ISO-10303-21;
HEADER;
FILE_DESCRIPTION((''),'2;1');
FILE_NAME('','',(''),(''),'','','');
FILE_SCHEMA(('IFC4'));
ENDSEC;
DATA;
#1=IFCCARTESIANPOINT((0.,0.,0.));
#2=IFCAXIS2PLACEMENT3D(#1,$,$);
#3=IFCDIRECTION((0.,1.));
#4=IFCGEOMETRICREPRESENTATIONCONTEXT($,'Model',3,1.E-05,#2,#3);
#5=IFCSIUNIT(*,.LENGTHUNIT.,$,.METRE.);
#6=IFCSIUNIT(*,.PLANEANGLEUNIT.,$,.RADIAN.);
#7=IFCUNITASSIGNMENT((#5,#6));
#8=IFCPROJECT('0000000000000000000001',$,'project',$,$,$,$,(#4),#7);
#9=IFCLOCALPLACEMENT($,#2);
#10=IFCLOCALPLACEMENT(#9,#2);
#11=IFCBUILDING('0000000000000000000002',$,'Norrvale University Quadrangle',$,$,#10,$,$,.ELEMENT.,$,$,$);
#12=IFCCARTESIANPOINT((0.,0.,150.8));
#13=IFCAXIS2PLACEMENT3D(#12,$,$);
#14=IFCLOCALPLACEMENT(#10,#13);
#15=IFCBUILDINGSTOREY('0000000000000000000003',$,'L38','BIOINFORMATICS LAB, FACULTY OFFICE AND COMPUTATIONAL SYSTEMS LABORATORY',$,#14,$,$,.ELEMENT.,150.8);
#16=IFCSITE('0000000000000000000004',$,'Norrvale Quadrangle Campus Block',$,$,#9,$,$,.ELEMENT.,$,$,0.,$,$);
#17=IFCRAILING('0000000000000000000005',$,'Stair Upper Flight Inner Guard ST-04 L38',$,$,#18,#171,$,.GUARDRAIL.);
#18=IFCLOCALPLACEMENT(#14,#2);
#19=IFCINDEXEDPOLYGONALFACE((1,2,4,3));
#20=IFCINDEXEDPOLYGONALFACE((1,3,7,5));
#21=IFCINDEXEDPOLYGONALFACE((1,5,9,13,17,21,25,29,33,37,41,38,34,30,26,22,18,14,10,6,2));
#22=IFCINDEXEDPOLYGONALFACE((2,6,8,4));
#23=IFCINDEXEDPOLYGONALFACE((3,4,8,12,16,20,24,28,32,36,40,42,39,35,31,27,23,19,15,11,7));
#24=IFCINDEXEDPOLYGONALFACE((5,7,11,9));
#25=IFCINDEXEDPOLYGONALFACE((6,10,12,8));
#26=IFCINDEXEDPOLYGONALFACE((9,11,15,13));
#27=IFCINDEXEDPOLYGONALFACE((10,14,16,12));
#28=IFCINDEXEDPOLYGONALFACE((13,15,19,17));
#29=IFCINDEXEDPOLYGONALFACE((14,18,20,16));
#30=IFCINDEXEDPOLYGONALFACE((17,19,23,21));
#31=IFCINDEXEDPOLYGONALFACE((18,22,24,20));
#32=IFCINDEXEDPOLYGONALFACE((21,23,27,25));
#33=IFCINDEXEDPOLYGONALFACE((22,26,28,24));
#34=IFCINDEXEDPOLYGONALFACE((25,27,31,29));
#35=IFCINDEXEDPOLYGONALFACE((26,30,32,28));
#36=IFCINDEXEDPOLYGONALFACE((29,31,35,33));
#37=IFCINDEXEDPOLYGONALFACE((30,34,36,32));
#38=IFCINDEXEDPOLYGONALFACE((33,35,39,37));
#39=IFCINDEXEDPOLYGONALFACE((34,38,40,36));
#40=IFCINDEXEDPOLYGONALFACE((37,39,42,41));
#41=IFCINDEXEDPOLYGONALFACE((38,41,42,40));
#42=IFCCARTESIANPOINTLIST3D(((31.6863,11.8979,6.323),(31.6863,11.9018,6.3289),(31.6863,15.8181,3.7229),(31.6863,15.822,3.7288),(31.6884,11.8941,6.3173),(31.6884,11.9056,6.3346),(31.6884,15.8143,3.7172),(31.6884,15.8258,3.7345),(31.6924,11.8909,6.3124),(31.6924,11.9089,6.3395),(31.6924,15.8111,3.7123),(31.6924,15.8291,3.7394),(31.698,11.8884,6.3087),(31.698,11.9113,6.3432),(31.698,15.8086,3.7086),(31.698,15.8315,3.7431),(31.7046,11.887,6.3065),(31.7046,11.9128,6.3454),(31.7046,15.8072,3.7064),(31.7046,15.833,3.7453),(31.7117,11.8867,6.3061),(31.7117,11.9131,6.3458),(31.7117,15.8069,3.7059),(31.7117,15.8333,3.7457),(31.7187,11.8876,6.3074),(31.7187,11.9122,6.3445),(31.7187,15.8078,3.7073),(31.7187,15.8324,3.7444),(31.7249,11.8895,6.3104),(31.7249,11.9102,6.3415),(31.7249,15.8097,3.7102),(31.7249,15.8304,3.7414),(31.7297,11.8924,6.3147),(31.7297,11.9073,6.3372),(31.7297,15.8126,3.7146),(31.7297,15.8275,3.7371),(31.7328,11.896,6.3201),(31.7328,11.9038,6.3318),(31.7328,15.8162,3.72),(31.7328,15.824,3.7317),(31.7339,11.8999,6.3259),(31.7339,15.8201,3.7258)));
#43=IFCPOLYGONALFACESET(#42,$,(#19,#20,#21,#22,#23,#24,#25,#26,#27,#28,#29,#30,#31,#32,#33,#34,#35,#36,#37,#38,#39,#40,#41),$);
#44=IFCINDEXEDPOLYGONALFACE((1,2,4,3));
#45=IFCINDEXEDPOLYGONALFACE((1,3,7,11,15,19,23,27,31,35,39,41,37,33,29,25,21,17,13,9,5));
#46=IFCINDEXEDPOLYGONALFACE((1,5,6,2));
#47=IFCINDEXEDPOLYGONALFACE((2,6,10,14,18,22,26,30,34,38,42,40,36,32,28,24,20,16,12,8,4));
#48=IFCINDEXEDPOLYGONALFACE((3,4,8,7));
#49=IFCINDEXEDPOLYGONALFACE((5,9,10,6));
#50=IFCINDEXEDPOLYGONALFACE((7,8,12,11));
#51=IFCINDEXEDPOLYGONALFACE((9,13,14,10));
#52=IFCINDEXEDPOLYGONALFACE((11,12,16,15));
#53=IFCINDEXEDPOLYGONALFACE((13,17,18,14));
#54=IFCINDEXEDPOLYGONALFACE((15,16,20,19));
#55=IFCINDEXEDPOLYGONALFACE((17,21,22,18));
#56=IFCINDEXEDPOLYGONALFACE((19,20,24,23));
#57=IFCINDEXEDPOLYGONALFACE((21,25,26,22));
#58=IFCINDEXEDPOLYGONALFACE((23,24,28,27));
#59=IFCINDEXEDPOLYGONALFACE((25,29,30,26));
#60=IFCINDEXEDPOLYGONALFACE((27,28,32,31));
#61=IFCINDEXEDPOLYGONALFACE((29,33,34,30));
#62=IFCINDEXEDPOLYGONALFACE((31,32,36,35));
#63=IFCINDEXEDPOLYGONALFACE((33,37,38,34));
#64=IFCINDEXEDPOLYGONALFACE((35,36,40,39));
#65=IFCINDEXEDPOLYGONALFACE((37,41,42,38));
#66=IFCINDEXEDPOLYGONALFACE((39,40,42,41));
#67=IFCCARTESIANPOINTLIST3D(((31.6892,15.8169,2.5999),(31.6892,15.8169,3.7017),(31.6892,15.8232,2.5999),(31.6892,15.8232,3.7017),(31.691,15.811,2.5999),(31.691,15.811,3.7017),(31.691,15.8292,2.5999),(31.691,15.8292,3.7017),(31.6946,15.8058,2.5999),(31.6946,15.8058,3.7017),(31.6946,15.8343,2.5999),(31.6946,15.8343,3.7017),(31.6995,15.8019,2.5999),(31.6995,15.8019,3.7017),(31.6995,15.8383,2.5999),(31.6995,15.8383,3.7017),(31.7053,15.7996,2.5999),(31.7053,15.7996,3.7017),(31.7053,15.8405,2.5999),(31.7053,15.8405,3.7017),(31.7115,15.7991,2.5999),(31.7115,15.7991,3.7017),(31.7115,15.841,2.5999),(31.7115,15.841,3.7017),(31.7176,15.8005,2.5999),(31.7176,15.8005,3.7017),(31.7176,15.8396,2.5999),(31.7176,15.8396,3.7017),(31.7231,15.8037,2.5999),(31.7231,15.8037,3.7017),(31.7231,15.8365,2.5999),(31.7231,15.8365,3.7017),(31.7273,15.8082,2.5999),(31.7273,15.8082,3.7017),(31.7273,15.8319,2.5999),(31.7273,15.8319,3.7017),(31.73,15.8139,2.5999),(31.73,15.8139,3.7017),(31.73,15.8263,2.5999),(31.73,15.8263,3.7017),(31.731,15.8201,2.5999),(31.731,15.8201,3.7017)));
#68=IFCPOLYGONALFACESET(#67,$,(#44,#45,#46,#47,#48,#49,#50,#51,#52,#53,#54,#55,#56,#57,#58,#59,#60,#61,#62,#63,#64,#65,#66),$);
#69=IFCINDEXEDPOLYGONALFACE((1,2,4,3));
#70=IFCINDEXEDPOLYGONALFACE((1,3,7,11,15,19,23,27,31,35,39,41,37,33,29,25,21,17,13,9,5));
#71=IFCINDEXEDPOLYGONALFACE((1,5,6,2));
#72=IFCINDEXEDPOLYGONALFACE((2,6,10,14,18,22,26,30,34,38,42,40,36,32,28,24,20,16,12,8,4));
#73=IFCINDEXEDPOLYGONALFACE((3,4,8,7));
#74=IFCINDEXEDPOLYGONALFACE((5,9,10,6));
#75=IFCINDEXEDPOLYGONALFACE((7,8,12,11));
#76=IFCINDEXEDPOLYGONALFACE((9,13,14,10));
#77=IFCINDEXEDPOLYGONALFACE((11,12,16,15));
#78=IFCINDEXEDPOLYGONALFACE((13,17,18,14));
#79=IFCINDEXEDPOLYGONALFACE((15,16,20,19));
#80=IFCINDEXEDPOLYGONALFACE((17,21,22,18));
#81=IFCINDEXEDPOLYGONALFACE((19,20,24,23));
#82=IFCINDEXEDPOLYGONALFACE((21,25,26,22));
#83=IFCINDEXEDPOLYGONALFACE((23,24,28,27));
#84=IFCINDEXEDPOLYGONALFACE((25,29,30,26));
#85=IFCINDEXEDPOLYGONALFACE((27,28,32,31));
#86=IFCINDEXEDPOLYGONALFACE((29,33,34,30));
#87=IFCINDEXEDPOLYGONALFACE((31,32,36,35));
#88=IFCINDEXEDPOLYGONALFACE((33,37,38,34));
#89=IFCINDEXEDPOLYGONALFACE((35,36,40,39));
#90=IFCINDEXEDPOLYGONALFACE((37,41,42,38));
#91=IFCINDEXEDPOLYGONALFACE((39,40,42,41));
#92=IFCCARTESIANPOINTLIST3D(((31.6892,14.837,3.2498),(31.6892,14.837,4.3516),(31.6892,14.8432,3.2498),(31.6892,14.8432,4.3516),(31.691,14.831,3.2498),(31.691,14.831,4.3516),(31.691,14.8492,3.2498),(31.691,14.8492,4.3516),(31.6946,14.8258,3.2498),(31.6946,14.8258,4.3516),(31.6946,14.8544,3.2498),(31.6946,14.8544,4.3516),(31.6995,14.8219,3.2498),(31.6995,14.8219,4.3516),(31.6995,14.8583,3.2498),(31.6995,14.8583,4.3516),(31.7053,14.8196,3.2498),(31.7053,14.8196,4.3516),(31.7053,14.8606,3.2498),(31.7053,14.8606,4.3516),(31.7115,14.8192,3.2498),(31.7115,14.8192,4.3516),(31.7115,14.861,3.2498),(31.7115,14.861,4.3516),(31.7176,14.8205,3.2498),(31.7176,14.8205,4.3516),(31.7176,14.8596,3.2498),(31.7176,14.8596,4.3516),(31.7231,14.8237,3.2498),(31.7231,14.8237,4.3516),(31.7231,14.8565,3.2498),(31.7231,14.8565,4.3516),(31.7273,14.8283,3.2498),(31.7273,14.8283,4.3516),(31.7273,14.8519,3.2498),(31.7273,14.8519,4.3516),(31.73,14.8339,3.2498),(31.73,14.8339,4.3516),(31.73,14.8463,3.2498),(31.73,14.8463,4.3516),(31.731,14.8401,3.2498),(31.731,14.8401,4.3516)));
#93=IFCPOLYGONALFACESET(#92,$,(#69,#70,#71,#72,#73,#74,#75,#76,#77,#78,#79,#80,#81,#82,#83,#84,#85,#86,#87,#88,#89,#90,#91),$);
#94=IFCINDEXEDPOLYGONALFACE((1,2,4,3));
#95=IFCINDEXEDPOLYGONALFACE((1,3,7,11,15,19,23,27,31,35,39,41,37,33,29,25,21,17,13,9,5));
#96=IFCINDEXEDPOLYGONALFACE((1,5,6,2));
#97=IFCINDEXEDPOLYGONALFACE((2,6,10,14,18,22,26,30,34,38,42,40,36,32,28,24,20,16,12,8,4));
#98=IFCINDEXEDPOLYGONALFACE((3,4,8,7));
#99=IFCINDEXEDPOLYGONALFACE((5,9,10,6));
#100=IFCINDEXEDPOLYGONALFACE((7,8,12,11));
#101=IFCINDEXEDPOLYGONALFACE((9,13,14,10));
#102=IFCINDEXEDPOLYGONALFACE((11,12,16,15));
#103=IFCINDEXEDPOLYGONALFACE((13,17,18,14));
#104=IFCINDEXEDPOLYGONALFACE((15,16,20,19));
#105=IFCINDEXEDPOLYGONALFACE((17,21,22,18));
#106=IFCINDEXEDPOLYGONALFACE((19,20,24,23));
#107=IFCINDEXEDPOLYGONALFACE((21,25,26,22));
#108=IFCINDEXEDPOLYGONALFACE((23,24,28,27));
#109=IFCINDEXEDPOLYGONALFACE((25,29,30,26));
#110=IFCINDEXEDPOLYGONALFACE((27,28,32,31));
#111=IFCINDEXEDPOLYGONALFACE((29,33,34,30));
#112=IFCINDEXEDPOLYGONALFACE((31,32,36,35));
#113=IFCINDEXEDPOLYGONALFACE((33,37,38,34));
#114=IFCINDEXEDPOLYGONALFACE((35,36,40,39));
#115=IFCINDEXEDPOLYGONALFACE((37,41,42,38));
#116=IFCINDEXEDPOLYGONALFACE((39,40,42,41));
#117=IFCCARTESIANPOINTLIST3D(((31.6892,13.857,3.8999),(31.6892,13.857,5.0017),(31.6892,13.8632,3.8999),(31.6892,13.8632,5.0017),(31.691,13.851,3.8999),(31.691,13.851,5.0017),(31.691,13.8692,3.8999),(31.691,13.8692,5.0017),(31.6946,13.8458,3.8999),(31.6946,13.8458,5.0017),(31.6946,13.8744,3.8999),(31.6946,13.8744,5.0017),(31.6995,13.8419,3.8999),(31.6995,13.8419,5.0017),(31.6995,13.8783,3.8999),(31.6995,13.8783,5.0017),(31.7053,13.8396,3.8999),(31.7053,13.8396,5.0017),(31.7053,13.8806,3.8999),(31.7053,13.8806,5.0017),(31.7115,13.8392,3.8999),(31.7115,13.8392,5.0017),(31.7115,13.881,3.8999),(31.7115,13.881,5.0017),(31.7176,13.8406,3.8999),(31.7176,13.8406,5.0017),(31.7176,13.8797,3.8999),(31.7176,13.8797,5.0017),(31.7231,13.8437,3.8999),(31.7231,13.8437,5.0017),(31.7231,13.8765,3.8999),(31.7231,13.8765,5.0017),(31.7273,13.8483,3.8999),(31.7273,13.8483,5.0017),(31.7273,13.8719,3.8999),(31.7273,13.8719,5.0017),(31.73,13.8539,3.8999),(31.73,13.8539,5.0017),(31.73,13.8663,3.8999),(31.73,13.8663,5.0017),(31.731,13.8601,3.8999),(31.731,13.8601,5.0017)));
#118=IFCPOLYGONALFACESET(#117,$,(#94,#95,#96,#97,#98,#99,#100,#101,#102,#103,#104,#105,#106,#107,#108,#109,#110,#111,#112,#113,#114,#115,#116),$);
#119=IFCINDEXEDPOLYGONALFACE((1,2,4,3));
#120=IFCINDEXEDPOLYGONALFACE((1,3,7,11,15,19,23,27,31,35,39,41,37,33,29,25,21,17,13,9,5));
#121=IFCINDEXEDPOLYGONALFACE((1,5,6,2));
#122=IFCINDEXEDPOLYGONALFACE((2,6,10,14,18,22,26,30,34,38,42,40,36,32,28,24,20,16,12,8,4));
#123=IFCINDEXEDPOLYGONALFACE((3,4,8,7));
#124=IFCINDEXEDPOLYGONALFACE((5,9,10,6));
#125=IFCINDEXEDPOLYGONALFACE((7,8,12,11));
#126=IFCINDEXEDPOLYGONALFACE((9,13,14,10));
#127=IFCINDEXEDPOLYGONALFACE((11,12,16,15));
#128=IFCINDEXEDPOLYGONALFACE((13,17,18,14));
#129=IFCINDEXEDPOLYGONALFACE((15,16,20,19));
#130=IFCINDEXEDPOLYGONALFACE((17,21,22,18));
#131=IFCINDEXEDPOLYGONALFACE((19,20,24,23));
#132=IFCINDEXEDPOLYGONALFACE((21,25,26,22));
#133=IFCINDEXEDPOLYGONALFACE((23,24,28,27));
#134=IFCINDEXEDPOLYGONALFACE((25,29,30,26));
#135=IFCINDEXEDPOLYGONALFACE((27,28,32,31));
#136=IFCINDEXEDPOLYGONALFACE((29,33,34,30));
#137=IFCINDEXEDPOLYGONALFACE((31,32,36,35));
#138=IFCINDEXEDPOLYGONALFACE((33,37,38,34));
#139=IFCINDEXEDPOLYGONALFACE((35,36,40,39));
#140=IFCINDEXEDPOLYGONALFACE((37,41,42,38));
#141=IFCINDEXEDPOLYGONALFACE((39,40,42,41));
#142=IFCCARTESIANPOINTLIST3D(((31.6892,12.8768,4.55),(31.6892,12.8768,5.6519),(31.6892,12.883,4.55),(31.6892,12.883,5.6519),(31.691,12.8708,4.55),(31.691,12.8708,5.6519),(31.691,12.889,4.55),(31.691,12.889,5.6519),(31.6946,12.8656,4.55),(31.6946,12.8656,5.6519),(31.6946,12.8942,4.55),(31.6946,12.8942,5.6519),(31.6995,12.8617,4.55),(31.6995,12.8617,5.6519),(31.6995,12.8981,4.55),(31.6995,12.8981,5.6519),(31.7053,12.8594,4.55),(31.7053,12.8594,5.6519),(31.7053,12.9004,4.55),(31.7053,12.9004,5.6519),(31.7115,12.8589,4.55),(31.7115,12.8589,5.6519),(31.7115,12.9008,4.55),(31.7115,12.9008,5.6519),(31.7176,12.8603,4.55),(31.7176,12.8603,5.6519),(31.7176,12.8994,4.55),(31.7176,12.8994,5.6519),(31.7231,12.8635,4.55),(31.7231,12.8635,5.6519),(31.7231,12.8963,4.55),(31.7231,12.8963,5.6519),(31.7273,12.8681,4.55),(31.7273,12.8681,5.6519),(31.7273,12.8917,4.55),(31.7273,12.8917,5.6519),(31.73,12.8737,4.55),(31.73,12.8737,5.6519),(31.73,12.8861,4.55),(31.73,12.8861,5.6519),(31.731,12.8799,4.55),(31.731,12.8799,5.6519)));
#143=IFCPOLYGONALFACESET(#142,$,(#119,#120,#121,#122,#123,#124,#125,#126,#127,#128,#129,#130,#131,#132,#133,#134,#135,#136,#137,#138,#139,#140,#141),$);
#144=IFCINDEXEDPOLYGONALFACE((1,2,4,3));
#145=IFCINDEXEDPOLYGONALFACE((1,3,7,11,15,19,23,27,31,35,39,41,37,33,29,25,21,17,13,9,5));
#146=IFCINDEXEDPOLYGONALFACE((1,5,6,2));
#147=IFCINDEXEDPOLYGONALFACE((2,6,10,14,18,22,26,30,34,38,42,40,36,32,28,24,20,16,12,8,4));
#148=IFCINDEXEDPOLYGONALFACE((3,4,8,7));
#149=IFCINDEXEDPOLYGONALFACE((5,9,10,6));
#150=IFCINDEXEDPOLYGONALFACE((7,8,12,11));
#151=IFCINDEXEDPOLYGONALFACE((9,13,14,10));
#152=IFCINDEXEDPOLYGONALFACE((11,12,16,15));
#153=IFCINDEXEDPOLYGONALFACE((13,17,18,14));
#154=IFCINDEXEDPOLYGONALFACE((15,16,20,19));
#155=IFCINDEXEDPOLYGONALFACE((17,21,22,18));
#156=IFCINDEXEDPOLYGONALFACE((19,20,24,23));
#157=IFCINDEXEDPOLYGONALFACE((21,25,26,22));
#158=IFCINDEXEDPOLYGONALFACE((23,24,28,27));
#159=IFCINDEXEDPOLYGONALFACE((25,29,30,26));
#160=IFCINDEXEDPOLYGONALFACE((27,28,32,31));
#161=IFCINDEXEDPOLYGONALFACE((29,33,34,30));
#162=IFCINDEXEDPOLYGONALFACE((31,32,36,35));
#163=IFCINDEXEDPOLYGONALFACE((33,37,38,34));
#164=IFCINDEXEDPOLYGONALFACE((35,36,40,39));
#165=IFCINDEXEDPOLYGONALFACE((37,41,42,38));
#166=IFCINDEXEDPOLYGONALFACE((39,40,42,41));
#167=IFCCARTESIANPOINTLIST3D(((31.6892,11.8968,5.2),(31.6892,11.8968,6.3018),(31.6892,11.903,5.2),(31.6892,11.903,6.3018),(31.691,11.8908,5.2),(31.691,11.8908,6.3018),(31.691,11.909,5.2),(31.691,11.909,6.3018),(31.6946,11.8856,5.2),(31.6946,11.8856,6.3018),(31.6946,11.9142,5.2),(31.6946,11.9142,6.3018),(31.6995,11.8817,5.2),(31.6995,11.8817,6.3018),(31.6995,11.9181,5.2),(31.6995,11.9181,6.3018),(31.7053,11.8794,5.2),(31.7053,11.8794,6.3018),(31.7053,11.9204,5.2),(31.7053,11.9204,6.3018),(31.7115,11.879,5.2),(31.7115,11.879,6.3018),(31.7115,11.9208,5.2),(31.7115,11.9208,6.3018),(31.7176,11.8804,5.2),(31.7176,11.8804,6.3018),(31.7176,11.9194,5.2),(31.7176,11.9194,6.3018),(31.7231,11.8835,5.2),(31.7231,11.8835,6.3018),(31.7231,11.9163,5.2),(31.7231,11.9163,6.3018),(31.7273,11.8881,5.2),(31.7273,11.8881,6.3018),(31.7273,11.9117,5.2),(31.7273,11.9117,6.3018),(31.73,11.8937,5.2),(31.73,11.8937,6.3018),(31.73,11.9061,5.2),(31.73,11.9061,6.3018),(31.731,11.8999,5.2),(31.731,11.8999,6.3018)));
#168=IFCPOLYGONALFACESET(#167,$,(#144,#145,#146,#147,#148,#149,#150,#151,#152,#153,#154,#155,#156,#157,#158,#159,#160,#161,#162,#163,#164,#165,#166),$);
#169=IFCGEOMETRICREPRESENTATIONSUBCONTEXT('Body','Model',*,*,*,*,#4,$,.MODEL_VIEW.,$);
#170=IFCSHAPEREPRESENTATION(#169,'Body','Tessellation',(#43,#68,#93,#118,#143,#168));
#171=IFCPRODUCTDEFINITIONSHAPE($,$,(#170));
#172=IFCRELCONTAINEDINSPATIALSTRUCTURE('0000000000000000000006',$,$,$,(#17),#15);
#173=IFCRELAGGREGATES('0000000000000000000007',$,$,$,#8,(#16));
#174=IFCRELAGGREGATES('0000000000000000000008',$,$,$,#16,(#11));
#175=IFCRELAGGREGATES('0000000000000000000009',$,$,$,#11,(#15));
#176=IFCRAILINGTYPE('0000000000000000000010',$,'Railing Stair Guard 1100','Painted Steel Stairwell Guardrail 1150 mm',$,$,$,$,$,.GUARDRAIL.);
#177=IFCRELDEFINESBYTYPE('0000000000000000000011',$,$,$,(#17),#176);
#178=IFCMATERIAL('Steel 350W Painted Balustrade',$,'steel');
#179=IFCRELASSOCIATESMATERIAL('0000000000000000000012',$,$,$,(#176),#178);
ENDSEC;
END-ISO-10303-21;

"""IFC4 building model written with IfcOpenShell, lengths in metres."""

from ifc_helpers import new_model, si_unit, direction, frame, origin, origin_2d, place, context, subcontext, project, spatial, circle, extrude, material, type_object, element, save


model = new_model("IFC4")

# Units and contexts
model_context = context("Model", 3, precision=1e-05, world=origin(), true_north=direction((0.0, 1.0)))
body_context = subcontext(model_context, "Body", "Model", "MODEL_VIEW")
ifc_project = project(units=[si_unit("LENGTHUNIT", "METRE"), si_unit("PLANEANGLEUNIT", "RADIAN")], contexts=[model_context])

# Site, building, storey
site_placement = place(None, origin())
site = spatial("IfcSite", under=ifc_project, at=site_placement, Name="Norrvale Quadrangle Campus Block", CompositionType="ELEMENT", RefElevation=0.0)
building_placement = place(site_placement, origin())
building = spatial("IfcBuilding", under=site, at=building_placement, Name="Norrvale University Quadrangle", CompositionType="ELEMENT")
storey_placement = place(building_placement, frame((0.0, 0.0, 150.8)))
storey = spatial("IfcBuildingStorey", under=building, at=storey_placement, Name="L38", Description="BIOINFORMATICS LAB, FACULTY OFFICE AND COMPUTATIONAL SYSTEMS LABORATORY", CompositionType="ELEMENT", Elevation=150.8)

# Railing
ifc_material_1 = material(Name="Steel 350W Painted Balustrade", Category="steel")
railing_type_1 = type_object("IfcRailingType", Name="Railing Stair Guard 1100", Description="Painted Steel Stairwell Guardrail 1150 mm", PredefinedType="GUARDRAIL", material=ifc_material_1)
railing_1_placement = place(storey_placement, frame((31.71, 15.8201, 2.5999)))
element("IfcRailing", 1, at=railing_1_placement, inside=storey, type_object=railing_type_1, Name="Stair Upper Flight Inner Guard ST-04 L38", PredefinedType="GUARDRAIL", context=body_context, shape_type="SweptSolid", body=[
    extrude(circle(Radius=0.0239, at=origin_2d()), frame((0.0, 0.0, 1.126), z_axis=(0.0, -0.833357, 0.552734), x_axis=(1.0, 0.0, 0.0)), (0.0, 0.0, 1.0), 4.7041),
    extrude(circle(Radius=0.021, at=origin_2d()), origin(), (0.0, 0.0, 1.0), 1.1018),
    extrude(circle(Radius=0.021, at=origin_2d()), frame((0.0, -0.98, 0.6499)), (0.0, 0.0, 1.0), 1.1018),
    extrude(circle(Radius=0.021, at=origin_2d()), frame((0.0, -1.96, 1.3)), (0.0, 0.0, 1.0), 1.1018),
    extrude(circle(Radius=0.021, at=origin_2d()), frame((0.0, -2.9402, 1.9502)), (0.0, 0.0, 1.0), 1.1018),
    extrude(circle(Radius=0.021, at=origin_2d()), frame((0.0, -3.9202, 2.6001)), (0.0, 0.0, 1.0), 1.1018),
])

save(model, "model.ifc")
